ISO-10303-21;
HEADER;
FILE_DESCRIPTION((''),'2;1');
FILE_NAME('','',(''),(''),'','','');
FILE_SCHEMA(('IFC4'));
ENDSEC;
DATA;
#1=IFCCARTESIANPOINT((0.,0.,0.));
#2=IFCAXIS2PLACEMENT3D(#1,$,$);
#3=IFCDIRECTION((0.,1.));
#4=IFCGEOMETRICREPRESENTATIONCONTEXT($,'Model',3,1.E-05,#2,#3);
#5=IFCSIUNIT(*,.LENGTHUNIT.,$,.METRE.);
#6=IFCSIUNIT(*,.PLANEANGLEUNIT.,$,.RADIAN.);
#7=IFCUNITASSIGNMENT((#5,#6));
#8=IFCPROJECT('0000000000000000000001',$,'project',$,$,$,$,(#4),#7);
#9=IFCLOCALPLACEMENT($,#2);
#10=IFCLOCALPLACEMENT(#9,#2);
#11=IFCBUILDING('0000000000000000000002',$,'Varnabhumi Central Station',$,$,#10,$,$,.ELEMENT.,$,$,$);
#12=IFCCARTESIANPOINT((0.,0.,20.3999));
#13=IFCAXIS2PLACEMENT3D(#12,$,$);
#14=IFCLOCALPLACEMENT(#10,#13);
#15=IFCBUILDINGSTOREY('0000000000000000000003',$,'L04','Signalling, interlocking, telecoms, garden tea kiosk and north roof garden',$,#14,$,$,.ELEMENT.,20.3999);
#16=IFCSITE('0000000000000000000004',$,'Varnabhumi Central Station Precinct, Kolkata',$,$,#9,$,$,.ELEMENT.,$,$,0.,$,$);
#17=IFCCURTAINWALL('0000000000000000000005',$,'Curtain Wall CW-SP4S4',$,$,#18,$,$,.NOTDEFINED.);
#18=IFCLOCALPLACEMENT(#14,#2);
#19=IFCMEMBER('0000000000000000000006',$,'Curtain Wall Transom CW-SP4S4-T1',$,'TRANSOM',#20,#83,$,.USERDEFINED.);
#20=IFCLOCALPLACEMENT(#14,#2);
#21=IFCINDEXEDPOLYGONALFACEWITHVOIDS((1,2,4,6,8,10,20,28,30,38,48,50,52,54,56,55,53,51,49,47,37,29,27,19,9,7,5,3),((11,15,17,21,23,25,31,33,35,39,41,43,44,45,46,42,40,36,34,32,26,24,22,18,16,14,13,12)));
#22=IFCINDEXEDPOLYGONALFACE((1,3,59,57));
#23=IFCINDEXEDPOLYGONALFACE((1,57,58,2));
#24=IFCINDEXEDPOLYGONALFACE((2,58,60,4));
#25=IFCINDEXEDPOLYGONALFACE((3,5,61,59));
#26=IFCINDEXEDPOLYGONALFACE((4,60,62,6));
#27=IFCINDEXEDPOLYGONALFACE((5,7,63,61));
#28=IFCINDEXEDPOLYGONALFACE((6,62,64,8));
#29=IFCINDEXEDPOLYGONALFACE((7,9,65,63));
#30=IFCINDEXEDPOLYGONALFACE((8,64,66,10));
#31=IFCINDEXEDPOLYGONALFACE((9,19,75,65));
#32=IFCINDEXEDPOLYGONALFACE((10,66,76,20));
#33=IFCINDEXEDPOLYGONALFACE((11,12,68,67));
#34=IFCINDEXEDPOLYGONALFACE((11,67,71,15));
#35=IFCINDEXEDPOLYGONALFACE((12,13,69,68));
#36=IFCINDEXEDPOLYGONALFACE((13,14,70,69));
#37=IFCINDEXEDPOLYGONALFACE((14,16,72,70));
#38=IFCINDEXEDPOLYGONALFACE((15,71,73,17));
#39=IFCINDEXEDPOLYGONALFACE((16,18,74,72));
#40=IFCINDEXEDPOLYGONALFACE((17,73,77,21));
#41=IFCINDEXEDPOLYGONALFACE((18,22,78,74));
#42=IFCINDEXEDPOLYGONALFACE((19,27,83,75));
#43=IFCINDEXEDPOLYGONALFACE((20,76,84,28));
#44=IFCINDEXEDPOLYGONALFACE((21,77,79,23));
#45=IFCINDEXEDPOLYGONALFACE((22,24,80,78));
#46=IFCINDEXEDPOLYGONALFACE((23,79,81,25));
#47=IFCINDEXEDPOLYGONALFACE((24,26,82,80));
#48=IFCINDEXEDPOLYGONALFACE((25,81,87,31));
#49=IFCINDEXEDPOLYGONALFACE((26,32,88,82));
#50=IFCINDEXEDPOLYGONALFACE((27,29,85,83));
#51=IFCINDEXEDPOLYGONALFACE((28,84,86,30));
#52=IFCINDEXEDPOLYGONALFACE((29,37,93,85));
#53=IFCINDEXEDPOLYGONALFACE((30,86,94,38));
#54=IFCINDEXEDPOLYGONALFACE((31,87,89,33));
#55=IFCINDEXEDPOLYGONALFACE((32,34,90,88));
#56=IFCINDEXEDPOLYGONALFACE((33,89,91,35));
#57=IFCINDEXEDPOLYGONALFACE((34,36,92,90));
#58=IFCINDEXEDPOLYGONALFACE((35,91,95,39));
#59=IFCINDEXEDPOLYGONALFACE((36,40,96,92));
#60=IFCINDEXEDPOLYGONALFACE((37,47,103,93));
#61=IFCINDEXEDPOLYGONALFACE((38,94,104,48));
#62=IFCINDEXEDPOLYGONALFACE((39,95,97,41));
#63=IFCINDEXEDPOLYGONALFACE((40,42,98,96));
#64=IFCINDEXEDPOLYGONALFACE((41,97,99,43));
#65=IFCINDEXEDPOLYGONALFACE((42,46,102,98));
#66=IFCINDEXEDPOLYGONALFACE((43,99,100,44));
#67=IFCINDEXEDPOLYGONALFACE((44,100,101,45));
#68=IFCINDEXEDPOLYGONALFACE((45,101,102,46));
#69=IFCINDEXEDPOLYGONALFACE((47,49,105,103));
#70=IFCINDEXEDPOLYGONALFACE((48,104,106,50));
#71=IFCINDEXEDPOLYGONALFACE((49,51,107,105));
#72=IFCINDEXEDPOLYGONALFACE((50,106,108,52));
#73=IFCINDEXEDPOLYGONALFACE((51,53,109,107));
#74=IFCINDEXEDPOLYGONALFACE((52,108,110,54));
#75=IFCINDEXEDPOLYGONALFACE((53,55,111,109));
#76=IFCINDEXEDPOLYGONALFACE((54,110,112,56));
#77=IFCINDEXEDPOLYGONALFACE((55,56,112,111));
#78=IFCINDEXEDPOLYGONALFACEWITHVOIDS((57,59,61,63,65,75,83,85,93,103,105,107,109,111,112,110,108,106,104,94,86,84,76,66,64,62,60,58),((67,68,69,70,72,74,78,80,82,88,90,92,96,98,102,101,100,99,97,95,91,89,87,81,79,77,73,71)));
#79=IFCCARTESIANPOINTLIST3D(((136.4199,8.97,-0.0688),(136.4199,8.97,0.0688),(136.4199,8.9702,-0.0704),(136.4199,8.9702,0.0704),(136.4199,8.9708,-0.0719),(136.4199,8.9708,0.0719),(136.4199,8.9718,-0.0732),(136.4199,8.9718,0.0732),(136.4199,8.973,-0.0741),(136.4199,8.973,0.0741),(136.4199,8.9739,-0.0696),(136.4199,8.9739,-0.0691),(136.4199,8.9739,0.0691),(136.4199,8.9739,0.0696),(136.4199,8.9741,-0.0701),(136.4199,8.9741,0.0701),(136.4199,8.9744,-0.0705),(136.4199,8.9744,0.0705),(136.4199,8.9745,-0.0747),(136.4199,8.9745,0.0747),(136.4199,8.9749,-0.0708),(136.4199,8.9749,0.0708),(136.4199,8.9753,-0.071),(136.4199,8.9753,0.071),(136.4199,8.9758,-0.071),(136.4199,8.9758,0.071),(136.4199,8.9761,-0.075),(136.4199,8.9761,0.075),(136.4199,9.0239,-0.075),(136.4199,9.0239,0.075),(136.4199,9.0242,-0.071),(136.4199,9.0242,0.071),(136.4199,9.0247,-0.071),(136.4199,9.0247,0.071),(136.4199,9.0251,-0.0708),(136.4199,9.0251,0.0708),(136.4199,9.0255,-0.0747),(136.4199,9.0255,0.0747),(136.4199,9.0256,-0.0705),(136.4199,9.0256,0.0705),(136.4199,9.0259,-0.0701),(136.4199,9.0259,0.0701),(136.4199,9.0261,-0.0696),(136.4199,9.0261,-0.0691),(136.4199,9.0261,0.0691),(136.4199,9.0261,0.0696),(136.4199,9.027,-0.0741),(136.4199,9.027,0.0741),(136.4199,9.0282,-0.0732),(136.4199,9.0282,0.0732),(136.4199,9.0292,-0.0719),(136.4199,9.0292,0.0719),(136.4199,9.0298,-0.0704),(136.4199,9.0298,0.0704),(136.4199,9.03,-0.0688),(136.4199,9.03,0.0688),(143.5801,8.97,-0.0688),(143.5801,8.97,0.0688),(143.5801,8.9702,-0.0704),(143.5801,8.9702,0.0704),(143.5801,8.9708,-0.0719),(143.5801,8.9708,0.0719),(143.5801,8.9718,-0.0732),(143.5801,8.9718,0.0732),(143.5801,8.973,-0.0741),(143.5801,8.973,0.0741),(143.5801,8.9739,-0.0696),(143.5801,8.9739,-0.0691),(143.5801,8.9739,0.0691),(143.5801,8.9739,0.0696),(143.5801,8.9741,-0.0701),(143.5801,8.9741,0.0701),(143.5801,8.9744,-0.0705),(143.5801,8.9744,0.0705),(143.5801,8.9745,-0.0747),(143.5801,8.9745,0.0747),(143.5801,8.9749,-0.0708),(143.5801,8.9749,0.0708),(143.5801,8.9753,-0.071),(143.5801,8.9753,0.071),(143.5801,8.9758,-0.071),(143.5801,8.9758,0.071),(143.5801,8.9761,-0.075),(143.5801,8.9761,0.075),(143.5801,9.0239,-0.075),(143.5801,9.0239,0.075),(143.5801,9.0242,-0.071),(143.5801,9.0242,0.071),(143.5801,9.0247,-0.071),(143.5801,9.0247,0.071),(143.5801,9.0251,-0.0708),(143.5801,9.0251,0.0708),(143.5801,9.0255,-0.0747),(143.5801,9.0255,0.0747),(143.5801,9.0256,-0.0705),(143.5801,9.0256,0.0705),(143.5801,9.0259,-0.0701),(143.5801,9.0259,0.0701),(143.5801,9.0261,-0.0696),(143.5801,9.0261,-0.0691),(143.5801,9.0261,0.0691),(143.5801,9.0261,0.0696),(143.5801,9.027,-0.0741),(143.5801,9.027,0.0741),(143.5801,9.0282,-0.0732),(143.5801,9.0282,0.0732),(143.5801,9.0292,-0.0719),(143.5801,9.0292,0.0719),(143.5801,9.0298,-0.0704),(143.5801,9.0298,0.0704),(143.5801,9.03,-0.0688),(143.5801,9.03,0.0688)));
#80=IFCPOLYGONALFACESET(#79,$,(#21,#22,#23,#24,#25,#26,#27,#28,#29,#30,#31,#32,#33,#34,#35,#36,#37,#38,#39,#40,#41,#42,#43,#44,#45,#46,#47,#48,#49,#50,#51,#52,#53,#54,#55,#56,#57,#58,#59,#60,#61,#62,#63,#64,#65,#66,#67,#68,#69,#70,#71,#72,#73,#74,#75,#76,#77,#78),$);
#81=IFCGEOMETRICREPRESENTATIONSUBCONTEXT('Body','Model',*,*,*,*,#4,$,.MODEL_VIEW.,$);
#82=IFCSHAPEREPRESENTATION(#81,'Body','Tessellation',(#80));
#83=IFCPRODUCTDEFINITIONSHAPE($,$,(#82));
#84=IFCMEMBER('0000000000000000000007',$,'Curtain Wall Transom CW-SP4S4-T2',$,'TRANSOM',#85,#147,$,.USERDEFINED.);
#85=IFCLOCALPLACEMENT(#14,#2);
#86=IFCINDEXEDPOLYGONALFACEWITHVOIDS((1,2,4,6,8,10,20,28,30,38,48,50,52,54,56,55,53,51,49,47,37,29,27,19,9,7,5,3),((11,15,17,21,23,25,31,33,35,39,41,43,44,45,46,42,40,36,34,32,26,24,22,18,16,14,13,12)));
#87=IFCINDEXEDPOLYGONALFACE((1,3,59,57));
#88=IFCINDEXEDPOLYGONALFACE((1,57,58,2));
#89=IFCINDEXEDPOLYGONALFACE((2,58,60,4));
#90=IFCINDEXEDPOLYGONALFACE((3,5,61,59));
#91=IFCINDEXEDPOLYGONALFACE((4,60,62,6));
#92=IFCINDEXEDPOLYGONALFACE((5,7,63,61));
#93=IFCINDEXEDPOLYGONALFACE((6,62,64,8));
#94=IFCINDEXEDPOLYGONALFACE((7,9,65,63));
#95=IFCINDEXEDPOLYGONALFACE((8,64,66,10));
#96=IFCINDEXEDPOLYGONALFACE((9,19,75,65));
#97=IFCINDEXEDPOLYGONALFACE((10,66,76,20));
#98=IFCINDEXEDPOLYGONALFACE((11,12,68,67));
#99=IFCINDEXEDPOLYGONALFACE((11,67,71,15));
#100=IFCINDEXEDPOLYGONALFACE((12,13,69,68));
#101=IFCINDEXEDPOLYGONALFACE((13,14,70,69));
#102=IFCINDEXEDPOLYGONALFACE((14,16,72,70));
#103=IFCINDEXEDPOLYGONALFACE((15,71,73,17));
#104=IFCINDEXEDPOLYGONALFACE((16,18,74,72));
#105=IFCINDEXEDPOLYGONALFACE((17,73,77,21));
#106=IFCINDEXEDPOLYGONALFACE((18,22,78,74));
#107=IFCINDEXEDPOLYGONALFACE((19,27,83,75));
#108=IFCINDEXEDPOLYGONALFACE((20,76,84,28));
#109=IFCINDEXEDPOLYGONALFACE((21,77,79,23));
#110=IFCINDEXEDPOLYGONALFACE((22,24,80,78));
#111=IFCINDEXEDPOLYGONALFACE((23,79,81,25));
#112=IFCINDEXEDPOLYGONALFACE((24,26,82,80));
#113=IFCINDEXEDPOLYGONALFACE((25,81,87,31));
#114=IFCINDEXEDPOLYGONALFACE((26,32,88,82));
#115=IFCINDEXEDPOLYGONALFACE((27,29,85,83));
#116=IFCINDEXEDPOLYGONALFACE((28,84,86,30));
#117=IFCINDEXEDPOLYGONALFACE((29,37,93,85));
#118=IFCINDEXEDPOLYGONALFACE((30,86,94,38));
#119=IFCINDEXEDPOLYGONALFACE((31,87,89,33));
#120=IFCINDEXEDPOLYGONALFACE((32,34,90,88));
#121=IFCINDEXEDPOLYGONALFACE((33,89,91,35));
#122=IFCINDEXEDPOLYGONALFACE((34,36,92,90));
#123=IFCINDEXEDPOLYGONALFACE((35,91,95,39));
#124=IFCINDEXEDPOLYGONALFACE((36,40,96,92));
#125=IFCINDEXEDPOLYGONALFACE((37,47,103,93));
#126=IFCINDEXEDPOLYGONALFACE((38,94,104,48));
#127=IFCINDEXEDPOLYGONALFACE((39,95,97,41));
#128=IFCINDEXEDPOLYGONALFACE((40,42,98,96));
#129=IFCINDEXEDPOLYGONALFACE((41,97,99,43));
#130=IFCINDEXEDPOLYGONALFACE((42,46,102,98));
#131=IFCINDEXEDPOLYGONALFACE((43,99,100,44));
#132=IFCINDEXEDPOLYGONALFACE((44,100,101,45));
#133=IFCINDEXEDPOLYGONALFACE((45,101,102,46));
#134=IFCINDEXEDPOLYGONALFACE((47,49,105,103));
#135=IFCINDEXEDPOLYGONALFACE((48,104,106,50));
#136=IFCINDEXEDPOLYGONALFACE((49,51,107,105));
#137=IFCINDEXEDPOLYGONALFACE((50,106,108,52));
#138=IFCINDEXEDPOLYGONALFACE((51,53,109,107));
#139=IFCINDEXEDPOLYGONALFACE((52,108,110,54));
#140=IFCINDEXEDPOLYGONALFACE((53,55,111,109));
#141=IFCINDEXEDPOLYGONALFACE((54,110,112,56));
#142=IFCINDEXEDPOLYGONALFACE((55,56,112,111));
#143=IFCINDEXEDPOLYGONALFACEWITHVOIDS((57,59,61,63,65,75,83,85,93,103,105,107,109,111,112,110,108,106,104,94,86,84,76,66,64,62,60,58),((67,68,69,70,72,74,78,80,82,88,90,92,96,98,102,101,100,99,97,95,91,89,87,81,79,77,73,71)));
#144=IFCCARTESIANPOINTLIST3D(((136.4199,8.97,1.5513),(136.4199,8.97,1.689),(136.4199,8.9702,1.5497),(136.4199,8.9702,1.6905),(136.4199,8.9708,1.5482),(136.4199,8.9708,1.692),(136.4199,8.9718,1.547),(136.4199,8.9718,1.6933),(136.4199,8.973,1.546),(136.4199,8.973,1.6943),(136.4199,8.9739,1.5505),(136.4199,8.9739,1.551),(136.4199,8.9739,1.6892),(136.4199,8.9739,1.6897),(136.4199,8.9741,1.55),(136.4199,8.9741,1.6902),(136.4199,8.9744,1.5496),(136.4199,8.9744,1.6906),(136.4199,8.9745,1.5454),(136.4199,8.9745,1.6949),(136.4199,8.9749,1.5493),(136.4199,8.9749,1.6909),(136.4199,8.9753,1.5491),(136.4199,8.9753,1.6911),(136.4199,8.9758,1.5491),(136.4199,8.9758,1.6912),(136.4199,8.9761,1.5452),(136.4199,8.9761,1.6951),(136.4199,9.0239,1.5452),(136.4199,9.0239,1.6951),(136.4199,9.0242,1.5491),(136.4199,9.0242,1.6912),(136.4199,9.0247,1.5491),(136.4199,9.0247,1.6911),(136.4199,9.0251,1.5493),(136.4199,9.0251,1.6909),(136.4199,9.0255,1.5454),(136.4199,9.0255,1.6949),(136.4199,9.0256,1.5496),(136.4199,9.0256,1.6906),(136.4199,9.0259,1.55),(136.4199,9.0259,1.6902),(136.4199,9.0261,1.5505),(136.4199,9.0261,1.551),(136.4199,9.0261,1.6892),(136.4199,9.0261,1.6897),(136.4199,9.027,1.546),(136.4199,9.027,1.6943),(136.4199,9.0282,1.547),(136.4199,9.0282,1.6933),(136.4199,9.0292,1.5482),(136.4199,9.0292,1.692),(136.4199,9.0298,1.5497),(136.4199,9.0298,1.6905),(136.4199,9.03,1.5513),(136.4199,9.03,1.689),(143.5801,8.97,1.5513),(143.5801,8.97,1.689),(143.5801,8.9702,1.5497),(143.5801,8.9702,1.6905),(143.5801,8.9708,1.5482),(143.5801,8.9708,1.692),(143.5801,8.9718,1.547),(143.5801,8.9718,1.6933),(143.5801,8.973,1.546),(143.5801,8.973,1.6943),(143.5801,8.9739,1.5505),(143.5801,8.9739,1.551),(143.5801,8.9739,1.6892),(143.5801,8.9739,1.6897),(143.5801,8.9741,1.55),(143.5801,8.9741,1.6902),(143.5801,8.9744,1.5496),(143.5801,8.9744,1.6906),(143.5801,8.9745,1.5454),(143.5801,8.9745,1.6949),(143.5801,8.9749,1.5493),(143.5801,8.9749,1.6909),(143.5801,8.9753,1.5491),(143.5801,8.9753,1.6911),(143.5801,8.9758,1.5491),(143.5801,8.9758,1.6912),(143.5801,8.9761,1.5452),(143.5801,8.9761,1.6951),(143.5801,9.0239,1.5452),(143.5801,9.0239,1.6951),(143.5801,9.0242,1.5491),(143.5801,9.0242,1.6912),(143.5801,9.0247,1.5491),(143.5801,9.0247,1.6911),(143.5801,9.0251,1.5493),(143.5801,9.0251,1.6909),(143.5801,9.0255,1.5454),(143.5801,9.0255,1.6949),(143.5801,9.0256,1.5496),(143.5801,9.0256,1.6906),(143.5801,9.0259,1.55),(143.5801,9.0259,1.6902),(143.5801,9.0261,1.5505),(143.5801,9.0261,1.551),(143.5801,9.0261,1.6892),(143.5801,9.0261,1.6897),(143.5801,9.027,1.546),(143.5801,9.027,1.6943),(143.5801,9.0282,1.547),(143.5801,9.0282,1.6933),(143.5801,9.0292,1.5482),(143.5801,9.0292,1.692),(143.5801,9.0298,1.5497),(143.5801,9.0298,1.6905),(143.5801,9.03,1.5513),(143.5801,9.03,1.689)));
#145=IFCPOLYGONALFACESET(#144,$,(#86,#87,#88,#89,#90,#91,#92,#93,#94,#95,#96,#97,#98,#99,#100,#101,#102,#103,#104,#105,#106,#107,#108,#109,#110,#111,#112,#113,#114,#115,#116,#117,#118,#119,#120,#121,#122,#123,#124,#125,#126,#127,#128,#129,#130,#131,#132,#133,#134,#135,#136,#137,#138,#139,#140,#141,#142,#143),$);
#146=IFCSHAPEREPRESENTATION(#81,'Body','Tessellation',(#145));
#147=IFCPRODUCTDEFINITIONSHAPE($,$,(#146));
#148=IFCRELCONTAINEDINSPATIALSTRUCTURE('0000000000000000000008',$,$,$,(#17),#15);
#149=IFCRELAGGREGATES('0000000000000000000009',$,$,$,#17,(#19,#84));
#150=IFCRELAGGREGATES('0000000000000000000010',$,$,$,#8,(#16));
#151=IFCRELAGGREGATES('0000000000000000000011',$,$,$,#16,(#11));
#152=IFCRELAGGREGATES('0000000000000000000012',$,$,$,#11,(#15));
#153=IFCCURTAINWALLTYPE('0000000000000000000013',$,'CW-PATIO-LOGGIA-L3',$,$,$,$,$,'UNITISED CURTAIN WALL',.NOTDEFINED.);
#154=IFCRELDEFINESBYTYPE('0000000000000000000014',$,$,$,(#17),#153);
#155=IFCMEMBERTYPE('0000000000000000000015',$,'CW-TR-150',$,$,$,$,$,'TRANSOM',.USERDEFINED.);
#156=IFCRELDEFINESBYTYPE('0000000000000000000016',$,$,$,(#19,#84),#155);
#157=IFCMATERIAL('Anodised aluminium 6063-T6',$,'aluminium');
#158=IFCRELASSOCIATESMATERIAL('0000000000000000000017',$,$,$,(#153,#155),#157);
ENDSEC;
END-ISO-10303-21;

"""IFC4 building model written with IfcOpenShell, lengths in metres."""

from ifc_helpers import new_model, si_unit, direction, frame, origin, origin_2d, place, context, subcontext, project, spatial, hollow_rectangle, extrude, material, material_profile, profile_set, type_object, element, aggregate, save


model = new_model("IFC4")

# Units and contexts
model_context = context("Model", 3, precision=1e-05, world=origin(), true_north=direction((0.0, 1.0)))
body_context = subcontext(model_context, "Body", "Model", "MODEL_VIEW")
ifc_project = project(units=[si_unit("LENGTHUNIT", "METRE"), si_unit("PLANEANGLEUNIT", "RADIAN")], contexts=[model_context])

# Site, building, storey
site_placement = place(None, origin())
site = spatial("IfcSite", under=ifc_project, at=site_placement, Name="Varnabhumi Central Station Precinct, Kolkata", CompositionType="ELEMENT", RefElevation=0.0)
building_placement = place(site_placement, origin())
building = spatial("IfcBuilding", under=site, at=building_placement, Name="Varnabhumi Central Station", CompositionType="ELEMENT")
storey_placement = place(building_placement, frame((0.0, 0.0, 20.3999)))
storey = spatial("IfcBuildingStorey", under=building, at=storey_placement, Name="L04", Description="Signalling, interlocking, telecoms, garden tea kiosk and north roof garden", CompositionType="ELEMENT", Elevation=20.3999)

# Shared definitions
ifc_material_1 = material(Name="Anodised aluminium 6063-T6", Category="aluminium")
curtain_wall_type = type_object("IfcCurtainWallType", Name="CW-PATIO-LOGGIA-L3", ElementType="UNITISED CURTAIN WALL", PredefinedType="NOTDEFINED", material=ifc_material_1)

# Curtain wall
curtain_wall_1_placement = place(storey_placement, origin())
curtain_wall_1 = element("IfcCurtainWall", 1, at=curtain_wall_1_placement, inside=storey, type_object=curtain_wall_type, Name="Curtain Wall CW-SP4S4", PredefinedType="NOTDEFINED")

# Members
ifc_material_profile_1 = material_profile(ifc_material_1, hollow_rectangle(XDim=0.0601, YDim=0.1499, WallThickness=0.0039, InnerFilletRadius=0.002, OuterFilletRadius=0.0061, at=origin_2d()), Name="Anodised aluminium 6063-T6", Category="aluminium")
ifc_profile_set_1 = profile_set([ifc_material_profile_1], Name="Anodised aluminium 6063-T6")
member_type_1 = type_object("IfcMemberType", Name="CW-TR-150", ElementType="TRANSOM", PredefinedType="USERDEFINED", material=ifc_profile_set_1)
member_1_placement = place(storey_placement, frame((136.4199, 9.0, 0.0), z_axis=(1.0, 0.0, 0.0), x_axis=(0.0, 1.0, 0.0)))
member_1 = element("IfcMember", 2, at=member_1_placement, type_object=member_type_1, Name="Curtain Wall Transom CW-SP4S4-T1", ObjectType="TRANSOM", PredefinedType="USERDEFINED", context=body_context, shape_type="SweptSolid", body=[
    extrude(hollow_rectangle(XDim=0.0601, YDim=0.1499, WallThickness=0.0039, InnerFilletRadius=0.002, OuterFilletRadius=0.0061, at=origin_2d()), origin(), (0.0, 0.0, 1.0), 7.1602),
])
member_2_placement = place(storey_placement, frame((136.4199, 9.0, 1.6201), z_axis=(1.0, 0.0, 0.0), x_axis=(0.0, 1.0, 0.0)))
member_2 = element("IfcMember", 3, at=member_2_placement, type_object=member_type_1, Name="Curtain Wall Transom CW-SP4S4-T2", ObjectType="TRANSOM", PredefinedType="USERDEFINED", context=body_context, shape_type="SweptSolid", body=[
    extrude(hollow_rectangle(XDim=0.0601, YDim=0.1499, WallThickness=0.0039, InnerFilletRadius=0.002, OuterFilletRadius=0.0061, at=origin_2d()), origin(), (0.0, 0.0, 1.0), 7.1602),
])

aggregate(curtain_wall_1, [member_1, member_2])

save(model, "model.ifc")
